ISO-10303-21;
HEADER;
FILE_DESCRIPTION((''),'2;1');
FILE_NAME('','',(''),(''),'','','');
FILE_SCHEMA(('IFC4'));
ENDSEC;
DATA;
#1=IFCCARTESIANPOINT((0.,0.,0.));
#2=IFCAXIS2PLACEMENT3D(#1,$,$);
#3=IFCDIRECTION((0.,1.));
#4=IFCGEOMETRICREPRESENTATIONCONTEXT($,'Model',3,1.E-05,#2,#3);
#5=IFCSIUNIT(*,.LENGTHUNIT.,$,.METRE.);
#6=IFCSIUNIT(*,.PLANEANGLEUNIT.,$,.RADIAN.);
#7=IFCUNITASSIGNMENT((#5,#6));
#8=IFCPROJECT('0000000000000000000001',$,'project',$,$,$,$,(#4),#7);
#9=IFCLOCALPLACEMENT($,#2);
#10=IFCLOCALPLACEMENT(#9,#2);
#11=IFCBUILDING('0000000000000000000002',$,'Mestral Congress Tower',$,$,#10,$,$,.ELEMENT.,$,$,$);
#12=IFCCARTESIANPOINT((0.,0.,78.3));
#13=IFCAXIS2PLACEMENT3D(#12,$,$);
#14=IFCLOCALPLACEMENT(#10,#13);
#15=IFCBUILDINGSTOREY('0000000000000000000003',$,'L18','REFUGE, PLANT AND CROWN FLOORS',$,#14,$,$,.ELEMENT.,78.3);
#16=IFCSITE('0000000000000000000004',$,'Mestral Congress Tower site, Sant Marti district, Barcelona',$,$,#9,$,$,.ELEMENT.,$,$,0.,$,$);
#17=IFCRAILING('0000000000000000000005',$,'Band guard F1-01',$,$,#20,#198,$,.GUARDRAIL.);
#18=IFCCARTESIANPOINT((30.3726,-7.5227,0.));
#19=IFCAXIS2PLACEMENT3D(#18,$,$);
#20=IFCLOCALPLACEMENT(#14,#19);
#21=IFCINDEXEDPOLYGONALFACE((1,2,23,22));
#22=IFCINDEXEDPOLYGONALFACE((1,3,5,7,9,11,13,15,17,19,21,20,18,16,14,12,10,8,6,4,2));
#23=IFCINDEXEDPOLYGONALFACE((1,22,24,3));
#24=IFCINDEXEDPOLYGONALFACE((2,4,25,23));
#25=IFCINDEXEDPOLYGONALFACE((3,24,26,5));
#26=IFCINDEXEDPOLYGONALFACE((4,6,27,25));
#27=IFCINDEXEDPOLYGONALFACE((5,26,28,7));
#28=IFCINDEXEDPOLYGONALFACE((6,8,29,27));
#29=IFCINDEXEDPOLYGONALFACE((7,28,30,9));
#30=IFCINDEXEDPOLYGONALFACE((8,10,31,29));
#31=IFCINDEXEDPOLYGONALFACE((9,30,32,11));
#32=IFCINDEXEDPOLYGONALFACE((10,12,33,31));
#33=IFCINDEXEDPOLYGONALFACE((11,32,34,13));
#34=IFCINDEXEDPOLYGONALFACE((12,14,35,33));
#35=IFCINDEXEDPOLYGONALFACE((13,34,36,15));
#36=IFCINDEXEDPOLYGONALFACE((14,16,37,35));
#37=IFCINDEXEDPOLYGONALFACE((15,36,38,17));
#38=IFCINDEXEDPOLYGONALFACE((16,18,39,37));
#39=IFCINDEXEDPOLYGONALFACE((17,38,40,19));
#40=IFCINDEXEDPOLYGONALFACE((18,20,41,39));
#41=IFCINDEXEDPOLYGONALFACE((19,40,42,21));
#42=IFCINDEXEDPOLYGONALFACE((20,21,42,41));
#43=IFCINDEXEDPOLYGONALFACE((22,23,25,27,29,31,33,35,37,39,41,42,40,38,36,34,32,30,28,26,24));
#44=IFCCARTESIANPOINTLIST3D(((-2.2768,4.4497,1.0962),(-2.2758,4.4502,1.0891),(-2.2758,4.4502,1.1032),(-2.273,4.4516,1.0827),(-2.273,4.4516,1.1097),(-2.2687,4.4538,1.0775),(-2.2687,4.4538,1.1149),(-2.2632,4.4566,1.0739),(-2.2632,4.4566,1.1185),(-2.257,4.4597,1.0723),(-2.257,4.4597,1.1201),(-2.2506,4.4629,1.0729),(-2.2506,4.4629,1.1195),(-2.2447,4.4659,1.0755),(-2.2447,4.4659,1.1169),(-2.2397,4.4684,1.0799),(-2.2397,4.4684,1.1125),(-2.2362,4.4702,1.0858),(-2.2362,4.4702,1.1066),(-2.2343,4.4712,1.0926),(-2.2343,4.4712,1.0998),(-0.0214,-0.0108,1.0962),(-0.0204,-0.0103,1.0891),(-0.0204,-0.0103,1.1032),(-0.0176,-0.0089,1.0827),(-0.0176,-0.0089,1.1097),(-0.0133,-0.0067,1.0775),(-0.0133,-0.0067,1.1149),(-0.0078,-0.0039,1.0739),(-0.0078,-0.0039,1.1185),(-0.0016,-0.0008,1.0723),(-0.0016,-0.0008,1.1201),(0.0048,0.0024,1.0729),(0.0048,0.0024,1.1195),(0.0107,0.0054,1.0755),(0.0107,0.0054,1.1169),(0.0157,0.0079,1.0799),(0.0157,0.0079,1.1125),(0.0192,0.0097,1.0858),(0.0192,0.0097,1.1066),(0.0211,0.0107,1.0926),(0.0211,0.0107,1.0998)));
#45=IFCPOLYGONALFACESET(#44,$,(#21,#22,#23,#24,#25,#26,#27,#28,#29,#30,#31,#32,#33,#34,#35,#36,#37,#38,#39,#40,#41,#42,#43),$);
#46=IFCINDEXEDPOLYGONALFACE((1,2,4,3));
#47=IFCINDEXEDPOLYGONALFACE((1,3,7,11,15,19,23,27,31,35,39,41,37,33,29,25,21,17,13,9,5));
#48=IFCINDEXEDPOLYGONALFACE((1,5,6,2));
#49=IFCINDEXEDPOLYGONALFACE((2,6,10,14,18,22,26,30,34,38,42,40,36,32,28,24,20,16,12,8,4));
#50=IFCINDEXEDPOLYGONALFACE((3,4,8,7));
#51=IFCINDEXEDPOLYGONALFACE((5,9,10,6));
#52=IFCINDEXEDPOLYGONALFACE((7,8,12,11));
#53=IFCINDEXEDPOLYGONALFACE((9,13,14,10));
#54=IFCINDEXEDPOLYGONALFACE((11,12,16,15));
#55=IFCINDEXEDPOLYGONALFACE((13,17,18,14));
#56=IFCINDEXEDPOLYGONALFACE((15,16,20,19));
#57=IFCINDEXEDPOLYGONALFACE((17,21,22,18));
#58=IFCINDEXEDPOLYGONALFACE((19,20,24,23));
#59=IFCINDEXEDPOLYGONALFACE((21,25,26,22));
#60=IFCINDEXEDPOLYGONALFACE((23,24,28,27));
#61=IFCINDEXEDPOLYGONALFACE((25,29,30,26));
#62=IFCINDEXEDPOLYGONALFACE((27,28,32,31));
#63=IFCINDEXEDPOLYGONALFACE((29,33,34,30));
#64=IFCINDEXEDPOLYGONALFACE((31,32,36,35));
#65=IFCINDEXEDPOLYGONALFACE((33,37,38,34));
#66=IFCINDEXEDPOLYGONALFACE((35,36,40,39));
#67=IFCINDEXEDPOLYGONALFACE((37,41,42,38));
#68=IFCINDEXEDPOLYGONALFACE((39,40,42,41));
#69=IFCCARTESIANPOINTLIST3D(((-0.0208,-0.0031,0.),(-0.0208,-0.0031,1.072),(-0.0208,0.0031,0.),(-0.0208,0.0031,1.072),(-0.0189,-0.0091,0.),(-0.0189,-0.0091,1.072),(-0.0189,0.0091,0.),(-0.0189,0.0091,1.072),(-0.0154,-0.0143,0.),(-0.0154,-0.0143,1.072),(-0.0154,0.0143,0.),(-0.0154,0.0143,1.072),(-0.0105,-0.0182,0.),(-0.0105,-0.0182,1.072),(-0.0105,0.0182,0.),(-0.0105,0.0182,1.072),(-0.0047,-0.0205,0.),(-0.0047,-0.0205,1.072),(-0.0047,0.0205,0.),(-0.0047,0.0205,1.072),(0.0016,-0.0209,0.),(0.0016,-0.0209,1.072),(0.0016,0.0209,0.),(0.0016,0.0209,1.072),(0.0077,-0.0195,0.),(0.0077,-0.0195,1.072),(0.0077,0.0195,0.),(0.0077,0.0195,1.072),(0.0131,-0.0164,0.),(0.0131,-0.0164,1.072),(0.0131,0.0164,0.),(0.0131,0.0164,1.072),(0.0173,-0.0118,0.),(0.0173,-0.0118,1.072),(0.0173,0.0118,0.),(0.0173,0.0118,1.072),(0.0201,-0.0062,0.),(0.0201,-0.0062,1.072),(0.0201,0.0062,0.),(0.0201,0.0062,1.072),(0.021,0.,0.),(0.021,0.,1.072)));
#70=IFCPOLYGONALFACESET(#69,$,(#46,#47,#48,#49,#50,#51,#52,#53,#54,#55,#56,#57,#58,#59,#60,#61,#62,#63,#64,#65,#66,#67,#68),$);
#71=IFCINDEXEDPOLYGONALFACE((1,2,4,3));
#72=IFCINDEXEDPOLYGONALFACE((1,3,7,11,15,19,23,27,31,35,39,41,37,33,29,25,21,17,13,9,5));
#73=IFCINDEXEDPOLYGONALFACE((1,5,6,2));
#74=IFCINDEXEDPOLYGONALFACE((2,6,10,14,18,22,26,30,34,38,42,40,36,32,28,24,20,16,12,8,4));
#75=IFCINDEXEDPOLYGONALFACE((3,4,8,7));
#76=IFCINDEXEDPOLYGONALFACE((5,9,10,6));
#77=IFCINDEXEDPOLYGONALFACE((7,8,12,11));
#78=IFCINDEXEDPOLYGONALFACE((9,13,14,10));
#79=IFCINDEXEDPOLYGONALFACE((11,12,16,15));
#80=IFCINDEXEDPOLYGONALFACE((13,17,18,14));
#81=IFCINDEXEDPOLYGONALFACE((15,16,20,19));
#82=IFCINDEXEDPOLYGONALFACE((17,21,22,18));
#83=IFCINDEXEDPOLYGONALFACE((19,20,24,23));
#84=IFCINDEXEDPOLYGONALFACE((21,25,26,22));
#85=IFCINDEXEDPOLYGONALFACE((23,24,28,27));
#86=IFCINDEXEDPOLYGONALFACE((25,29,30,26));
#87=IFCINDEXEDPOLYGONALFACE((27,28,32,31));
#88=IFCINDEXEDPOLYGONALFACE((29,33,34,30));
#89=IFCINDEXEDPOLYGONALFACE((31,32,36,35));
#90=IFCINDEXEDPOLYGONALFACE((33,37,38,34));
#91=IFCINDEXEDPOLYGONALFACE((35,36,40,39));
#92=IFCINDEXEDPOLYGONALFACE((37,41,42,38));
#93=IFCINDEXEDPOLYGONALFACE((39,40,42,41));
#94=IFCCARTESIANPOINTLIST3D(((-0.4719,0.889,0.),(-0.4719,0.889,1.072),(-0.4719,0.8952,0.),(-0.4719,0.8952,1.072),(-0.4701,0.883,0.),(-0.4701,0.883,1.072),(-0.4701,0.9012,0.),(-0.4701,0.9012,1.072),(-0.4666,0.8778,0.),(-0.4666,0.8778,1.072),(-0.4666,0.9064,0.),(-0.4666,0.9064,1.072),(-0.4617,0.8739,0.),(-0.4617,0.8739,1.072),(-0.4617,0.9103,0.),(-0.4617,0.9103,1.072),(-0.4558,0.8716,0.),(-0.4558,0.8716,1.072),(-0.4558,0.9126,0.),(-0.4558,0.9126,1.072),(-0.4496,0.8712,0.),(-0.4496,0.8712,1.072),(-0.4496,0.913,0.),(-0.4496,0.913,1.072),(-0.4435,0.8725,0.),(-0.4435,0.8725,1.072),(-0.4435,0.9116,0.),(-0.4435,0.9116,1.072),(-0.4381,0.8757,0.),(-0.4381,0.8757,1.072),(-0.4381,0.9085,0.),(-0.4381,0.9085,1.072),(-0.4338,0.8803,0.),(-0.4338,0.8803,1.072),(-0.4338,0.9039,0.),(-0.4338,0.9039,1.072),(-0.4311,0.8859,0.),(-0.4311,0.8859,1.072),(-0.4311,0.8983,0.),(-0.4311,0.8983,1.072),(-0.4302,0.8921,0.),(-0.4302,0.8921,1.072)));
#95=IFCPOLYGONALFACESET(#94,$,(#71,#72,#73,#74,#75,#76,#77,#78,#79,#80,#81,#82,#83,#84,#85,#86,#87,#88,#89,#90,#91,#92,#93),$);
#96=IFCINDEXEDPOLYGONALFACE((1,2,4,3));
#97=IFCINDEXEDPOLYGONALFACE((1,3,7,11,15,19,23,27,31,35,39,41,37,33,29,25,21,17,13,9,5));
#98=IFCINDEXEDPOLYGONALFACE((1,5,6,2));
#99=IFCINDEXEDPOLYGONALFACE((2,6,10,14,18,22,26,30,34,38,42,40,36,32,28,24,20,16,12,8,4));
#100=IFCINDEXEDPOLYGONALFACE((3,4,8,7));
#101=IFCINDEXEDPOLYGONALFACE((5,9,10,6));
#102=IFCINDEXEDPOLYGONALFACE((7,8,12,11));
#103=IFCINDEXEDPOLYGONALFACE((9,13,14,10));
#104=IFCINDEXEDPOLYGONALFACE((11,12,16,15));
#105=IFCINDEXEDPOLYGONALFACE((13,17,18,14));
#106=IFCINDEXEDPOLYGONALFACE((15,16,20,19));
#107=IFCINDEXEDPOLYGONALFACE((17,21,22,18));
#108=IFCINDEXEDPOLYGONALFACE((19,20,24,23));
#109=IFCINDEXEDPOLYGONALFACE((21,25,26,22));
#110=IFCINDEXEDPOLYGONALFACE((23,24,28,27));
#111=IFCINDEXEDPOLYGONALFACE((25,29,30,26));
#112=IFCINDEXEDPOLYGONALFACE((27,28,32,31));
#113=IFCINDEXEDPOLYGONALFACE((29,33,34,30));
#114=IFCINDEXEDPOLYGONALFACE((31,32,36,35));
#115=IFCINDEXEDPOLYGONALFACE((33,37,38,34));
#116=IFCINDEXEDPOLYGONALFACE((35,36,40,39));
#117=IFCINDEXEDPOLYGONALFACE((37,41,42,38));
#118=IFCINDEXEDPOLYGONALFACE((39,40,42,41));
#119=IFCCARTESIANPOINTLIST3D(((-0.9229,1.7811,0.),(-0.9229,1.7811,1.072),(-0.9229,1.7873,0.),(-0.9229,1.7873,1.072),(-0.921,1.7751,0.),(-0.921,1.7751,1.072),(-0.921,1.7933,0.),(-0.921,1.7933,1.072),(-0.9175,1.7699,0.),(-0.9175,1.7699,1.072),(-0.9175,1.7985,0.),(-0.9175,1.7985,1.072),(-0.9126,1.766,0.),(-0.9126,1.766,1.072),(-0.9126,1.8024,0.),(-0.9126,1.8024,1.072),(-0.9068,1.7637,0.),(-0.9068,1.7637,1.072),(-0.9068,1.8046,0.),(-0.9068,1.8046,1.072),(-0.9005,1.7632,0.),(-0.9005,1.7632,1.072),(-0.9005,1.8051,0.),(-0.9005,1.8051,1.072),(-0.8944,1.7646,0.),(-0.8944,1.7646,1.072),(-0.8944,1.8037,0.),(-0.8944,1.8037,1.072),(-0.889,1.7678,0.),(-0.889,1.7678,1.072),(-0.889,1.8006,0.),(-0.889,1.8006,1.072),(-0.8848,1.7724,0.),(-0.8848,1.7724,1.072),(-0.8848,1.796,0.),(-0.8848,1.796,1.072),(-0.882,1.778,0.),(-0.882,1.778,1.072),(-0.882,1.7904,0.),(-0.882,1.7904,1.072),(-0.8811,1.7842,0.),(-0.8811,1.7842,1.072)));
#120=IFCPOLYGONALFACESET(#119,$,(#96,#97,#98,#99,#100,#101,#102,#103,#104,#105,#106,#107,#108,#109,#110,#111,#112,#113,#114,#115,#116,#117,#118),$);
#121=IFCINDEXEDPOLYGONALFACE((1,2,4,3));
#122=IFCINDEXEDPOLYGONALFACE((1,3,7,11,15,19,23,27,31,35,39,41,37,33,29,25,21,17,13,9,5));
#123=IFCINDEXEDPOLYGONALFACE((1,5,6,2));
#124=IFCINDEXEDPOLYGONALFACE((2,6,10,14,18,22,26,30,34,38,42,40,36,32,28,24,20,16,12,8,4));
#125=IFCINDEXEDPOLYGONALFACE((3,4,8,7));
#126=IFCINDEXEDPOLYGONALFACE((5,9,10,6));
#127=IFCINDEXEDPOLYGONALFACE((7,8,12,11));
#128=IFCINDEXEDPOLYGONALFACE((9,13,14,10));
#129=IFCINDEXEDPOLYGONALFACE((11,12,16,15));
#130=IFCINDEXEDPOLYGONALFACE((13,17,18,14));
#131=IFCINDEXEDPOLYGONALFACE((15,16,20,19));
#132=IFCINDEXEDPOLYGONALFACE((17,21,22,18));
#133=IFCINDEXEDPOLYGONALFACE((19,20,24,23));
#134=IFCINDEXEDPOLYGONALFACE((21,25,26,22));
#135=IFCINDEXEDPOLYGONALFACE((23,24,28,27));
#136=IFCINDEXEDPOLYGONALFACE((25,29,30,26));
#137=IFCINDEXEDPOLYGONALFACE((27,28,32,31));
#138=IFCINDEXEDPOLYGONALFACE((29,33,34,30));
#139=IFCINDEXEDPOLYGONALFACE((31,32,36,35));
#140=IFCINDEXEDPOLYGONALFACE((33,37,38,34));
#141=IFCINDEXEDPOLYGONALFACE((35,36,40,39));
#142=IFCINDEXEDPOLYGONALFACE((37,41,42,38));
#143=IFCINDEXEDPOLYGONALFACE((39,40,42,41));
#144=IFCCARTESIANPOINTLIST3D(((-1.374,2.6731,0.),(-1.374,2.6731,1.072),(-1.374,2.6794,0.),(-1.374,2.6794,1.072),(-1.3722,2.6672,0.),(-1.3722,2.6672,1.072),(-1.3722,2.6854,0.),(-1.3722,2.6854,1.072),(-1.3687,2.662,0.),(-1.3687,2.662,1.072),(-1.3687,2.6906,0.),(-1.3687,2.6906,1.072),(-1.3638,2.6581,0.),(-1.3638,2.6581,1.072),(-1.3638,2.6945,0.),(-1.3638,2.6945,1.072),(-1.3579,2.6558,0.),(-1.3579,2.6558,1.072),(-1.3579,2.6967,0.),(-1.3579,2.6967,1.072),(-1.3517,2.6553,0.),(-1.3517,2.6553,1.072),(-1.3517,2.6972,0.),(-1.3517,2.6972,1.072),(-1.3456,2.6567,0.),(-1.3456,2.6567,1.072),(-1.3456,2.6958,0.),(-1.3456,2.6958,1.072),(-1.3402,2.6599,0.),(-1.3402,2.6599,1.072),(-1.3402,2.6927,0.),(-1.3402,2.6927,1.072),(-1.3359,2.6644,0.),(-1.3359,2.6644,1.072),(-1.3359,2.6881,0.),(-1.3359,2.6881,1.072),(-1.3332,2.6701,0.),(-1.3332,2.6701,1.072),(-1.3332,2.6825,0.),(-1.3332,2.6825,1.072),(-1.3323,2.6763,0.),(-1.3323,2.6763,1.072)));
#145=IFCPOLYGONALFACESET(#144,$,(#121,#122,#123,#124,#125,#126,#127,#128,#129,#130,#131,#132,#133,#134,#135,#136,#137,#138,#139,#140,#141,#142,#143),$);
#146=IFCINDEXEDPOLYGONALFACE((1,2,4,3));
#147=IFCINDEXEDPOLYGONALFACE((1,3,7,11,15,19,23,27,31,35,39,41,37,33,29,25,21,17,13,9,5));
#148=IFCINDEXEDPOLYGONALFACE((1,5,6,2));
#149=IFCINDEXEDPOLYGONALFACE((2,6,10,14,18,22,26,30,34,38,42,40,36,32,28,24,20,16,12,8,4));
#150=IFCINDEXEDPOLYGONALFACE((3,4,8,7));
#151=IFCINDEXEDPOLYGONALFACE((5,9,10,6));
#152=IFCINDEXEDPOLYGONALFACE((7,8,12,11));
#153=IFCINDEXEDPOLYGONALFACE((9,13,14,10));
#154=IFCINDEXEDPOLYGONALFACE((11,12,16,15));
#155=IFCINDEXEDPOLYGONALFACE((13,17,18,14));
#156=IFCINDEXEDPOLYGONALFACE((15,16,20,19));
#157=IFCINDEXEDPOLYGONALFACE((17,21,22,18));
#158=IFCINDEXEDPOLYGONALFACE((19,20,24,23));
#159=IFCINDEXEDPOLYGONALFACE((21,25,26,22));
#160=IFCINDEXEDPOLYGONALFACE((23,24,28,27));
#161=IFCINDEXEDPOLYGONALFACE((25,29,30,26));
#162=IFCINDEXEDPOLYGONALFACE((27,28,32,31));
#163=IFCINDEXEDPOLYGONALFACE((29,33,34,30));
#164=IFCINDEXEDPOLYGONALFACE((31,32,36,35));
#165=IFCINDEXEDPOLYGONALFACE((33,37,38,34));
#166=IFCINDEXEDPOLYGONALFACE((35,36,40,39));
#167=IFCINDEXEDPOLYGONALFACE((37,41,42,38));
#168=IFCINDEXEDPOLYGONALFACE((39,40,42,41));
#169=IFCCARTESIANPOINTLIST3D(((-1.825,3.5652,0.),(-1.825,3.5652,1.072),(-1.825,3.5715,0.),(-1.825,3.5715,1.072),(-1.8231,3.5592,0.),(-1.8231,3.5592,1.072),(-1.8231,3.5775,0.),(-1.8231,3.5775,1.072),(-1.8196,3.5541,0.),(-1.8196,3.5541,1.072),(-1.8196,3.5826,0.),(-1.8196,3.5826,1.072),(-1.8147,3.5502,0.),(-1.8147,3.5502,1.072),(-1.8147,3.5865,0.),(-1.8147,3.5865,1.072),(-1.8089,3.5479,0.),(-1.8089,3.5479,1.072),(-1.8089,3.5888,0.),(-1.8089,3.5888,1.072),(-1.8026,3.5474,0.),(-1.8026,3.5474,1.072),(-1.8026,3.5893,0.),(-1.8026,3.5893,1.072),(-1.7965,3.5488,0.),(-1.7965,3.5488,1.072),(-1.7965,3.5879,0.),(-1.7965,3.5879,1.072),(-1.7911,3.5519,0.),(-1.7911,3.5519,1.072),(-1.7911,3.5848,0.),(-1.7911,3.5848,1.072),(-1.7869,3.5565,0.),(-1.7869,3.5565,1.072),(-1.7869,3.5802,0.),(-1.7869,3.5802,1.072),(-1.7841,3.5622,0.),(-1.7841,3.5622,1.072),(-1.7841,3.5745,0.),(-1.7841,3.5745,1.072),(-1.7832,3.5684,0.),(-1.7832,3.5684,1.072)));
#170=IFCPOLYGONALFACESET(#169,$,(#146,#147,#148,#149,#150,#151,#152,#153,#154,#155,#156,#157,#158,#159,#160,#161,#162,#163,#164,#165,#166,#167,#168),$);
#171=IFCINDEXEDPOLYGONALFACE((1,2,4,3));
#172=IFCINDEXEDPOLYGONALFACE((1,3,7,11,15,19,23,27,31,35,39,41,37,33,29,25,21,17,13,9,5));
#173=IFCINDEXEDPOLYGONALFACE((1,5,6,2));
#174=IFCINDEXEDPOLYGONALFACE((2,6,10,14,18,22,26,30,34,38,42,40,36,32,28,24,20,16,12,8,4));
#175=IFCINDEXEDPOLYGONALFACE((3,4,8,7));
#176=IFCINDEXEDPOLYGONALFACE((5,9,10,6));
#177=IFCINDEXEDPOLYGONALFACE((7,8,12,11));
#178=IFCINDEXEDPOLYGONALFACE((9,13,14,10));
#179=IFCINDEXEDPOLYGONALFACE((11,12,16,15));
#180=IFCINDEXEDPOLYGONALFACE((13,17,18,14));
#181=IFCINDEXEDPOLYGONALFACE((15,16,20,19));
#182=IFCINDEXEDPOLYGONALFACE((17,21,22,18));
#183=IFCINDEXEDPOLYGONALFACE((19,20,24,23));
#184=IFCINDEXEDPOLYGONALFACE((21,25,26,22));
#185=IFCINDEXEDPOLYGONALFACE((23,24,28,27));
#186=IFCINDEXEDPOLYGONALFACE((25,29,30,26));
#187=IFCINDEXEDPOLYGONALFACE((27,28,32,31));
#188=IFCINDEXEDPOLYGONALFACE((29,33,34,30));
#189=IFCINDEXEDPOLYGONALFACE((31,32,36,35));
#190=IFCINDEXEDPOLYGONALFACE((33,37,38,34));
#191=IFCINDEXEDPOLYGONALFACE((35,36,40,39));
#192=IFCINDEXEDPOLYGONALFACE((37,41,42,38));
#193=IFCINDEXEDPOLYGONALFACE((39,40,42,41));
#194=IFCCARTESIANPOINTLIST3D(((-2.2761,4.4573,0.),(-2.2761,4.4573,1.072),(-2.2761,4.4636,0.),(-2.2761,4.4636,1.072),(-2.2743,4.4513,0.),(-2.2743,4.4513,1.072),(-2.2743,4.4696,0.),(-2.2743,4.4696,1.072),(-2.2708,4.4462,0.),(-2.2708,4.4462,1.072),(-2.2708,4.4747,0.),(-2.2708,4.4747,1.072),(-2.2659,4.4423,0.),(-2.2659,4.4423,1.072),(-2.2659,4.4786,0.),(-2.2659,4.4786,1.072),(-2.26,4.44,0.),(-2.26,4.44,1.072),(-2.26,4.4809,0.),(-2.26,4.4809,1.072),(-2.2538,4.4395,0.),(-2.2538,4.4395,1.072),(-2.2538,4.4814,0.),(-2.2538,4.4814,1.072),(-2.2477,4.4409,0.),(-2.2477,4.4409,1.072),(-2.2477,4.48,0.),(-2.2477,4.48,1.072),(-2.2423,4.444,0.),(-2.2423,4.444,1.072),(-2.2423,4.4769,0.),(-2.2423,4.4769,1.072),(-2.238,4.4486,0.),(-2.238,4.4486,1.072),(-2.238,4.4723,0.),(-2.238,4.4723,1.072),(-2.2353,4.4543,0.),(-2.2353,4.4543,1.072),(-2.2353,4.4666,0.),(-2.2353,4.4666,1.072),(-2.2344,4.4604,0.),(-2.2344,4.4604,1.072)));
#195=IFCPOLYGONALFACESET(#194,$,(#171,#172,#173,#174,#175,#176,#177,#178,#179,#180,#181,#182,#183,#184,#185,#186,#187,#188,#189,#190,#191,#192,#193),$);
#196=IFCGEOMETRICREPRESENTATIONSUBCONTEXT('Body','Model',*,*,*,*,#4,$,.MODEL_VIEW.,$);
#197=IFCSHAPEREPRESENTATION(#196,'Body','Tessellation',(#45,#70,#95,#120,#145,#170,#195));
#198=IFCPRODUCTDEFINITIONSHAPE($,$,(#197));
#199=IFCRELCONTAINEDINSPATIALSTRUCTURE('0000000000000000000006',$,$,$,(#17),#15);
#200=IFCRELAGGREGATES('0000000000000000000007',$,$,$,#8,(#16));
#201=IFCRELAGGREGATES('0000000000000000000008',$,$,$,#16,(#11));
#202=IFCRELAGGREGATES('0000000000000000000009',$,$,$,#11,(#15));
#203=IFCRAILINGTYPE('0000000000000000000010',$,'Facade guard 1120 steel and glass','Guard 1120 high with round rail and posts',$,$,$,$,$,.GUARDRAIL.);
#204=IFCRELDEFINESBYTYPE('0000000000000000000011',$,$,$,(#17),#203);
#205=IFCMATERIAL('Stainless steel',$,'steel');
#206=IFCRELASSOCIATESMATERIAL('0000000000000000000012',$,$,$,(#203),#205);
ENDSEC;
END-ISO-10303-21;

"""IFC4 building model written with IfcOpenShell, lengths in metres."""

from ifc_helpers import new_model, si_unit, direction, frame, origin, origin_2d, place, context, subcontext, project, spatial, circle, extrude, material, type_object, element, save


model = new_model("IFC4")

# Units and contexts
model_context = context("Model", 3, precision=1e-05, world=origin(), true_north=direction((0.0, 1.0)))
body_context = subcontext(model_context, "Body", "Model", "MODEL_VIEW")
ifc_project = project(units=[si_unit("LENGTHUNIT", "METRE"), si_unit("PLANEANGLEUNIT", "RADIAN")], contexts=[model_context])

# Site, building, storey
site_placement = place(None, origin())
site = spatial("IfcSite", under=ifc_project, at=site_placement, Name="Mestral Congress Tower site, Sant Marti district, Barcelona", CompositionType="ELEMENT", RefElevation=0.0)
building_placement = place(site_placement, origin())
building = spatial("IfcBuilding", under=site, at=building_placement, Name="Mestral Congress Tower", CompositionType="ELEMENT")
storey_placement = place(building_placement, frame((0.0, 0.0, 78.3)))
storey = spatial("IfcBuildingStorey", under=building, at=storey_placement, Name="L18", Description="REFUGE, PLANT AND CROWN FLOORS", CompositionType="ELEMENT", Elevation=78.3)

# Railing
ifc_material_1 = material(Name="Stainless steel", Category="steel")
railing_type = type_object("IfcRailingType", Name="Facade guard 1120 steel and glass", Description="Guard 1120 high with round rail and posts", PredefinedType="GUARDRAIL", material=ifc_material_1)
railing_placement = place(storey_placement, frame((30.3726, -7.5227, 0.0)))
element("IfcRailing", 1, at=railing_placement, inside=storey, type_object=railing_type, Name="Band guard F1-01", PredefinedType="GUARDRAIL", context=body_context, shape_type="SweptSolid", body=[
    extrude(circle(Radius=0.0239, at=origin_2d()), frame((0.0, 0.0, 1.0962), z_axis=(-0.451234, 0.892406, 0.0), x_axis=(-0.892406, -0.451234, 0.0)), (0.0, 0.0, 1.0), 4.9983),
    extrude(circle(Radius=0.021, at=origin_2d()), origin(), (0.0, 0.0, 1.0), 1.072),
    extrude(circle(Radius=0.021, at=origin_2d()), frame((-0.4512, 0.8921, 0.0)), (0.0, 0.0, 1.0), 1.072),
    extrude(circle(Radius=0.021, at=origin_2d()), frame((-0.9021, 1.7842, 0.0)), (0.0, 0.0, 1.0), 1.072),
    extrude(circle(Radius=0.021, at=origin_2d()), frame((-1.3533, 2.6763, 0.0)), (0.0, 0.0, 1.0), 1.072),
    extrude(circle(Radius=0.021, at=origin_2d()), frame((-1.8042, 3.5684, 0.0)), (0.0, 0.0, 1.0), 1.072),
    extrude(circle(Radius=0.021, at=origin_2d()), frame((-2.2554, 4.4604, 0.0)), (0.0, 0.0, 1.0), 1.072),
])

save(model, "model.ifc")
